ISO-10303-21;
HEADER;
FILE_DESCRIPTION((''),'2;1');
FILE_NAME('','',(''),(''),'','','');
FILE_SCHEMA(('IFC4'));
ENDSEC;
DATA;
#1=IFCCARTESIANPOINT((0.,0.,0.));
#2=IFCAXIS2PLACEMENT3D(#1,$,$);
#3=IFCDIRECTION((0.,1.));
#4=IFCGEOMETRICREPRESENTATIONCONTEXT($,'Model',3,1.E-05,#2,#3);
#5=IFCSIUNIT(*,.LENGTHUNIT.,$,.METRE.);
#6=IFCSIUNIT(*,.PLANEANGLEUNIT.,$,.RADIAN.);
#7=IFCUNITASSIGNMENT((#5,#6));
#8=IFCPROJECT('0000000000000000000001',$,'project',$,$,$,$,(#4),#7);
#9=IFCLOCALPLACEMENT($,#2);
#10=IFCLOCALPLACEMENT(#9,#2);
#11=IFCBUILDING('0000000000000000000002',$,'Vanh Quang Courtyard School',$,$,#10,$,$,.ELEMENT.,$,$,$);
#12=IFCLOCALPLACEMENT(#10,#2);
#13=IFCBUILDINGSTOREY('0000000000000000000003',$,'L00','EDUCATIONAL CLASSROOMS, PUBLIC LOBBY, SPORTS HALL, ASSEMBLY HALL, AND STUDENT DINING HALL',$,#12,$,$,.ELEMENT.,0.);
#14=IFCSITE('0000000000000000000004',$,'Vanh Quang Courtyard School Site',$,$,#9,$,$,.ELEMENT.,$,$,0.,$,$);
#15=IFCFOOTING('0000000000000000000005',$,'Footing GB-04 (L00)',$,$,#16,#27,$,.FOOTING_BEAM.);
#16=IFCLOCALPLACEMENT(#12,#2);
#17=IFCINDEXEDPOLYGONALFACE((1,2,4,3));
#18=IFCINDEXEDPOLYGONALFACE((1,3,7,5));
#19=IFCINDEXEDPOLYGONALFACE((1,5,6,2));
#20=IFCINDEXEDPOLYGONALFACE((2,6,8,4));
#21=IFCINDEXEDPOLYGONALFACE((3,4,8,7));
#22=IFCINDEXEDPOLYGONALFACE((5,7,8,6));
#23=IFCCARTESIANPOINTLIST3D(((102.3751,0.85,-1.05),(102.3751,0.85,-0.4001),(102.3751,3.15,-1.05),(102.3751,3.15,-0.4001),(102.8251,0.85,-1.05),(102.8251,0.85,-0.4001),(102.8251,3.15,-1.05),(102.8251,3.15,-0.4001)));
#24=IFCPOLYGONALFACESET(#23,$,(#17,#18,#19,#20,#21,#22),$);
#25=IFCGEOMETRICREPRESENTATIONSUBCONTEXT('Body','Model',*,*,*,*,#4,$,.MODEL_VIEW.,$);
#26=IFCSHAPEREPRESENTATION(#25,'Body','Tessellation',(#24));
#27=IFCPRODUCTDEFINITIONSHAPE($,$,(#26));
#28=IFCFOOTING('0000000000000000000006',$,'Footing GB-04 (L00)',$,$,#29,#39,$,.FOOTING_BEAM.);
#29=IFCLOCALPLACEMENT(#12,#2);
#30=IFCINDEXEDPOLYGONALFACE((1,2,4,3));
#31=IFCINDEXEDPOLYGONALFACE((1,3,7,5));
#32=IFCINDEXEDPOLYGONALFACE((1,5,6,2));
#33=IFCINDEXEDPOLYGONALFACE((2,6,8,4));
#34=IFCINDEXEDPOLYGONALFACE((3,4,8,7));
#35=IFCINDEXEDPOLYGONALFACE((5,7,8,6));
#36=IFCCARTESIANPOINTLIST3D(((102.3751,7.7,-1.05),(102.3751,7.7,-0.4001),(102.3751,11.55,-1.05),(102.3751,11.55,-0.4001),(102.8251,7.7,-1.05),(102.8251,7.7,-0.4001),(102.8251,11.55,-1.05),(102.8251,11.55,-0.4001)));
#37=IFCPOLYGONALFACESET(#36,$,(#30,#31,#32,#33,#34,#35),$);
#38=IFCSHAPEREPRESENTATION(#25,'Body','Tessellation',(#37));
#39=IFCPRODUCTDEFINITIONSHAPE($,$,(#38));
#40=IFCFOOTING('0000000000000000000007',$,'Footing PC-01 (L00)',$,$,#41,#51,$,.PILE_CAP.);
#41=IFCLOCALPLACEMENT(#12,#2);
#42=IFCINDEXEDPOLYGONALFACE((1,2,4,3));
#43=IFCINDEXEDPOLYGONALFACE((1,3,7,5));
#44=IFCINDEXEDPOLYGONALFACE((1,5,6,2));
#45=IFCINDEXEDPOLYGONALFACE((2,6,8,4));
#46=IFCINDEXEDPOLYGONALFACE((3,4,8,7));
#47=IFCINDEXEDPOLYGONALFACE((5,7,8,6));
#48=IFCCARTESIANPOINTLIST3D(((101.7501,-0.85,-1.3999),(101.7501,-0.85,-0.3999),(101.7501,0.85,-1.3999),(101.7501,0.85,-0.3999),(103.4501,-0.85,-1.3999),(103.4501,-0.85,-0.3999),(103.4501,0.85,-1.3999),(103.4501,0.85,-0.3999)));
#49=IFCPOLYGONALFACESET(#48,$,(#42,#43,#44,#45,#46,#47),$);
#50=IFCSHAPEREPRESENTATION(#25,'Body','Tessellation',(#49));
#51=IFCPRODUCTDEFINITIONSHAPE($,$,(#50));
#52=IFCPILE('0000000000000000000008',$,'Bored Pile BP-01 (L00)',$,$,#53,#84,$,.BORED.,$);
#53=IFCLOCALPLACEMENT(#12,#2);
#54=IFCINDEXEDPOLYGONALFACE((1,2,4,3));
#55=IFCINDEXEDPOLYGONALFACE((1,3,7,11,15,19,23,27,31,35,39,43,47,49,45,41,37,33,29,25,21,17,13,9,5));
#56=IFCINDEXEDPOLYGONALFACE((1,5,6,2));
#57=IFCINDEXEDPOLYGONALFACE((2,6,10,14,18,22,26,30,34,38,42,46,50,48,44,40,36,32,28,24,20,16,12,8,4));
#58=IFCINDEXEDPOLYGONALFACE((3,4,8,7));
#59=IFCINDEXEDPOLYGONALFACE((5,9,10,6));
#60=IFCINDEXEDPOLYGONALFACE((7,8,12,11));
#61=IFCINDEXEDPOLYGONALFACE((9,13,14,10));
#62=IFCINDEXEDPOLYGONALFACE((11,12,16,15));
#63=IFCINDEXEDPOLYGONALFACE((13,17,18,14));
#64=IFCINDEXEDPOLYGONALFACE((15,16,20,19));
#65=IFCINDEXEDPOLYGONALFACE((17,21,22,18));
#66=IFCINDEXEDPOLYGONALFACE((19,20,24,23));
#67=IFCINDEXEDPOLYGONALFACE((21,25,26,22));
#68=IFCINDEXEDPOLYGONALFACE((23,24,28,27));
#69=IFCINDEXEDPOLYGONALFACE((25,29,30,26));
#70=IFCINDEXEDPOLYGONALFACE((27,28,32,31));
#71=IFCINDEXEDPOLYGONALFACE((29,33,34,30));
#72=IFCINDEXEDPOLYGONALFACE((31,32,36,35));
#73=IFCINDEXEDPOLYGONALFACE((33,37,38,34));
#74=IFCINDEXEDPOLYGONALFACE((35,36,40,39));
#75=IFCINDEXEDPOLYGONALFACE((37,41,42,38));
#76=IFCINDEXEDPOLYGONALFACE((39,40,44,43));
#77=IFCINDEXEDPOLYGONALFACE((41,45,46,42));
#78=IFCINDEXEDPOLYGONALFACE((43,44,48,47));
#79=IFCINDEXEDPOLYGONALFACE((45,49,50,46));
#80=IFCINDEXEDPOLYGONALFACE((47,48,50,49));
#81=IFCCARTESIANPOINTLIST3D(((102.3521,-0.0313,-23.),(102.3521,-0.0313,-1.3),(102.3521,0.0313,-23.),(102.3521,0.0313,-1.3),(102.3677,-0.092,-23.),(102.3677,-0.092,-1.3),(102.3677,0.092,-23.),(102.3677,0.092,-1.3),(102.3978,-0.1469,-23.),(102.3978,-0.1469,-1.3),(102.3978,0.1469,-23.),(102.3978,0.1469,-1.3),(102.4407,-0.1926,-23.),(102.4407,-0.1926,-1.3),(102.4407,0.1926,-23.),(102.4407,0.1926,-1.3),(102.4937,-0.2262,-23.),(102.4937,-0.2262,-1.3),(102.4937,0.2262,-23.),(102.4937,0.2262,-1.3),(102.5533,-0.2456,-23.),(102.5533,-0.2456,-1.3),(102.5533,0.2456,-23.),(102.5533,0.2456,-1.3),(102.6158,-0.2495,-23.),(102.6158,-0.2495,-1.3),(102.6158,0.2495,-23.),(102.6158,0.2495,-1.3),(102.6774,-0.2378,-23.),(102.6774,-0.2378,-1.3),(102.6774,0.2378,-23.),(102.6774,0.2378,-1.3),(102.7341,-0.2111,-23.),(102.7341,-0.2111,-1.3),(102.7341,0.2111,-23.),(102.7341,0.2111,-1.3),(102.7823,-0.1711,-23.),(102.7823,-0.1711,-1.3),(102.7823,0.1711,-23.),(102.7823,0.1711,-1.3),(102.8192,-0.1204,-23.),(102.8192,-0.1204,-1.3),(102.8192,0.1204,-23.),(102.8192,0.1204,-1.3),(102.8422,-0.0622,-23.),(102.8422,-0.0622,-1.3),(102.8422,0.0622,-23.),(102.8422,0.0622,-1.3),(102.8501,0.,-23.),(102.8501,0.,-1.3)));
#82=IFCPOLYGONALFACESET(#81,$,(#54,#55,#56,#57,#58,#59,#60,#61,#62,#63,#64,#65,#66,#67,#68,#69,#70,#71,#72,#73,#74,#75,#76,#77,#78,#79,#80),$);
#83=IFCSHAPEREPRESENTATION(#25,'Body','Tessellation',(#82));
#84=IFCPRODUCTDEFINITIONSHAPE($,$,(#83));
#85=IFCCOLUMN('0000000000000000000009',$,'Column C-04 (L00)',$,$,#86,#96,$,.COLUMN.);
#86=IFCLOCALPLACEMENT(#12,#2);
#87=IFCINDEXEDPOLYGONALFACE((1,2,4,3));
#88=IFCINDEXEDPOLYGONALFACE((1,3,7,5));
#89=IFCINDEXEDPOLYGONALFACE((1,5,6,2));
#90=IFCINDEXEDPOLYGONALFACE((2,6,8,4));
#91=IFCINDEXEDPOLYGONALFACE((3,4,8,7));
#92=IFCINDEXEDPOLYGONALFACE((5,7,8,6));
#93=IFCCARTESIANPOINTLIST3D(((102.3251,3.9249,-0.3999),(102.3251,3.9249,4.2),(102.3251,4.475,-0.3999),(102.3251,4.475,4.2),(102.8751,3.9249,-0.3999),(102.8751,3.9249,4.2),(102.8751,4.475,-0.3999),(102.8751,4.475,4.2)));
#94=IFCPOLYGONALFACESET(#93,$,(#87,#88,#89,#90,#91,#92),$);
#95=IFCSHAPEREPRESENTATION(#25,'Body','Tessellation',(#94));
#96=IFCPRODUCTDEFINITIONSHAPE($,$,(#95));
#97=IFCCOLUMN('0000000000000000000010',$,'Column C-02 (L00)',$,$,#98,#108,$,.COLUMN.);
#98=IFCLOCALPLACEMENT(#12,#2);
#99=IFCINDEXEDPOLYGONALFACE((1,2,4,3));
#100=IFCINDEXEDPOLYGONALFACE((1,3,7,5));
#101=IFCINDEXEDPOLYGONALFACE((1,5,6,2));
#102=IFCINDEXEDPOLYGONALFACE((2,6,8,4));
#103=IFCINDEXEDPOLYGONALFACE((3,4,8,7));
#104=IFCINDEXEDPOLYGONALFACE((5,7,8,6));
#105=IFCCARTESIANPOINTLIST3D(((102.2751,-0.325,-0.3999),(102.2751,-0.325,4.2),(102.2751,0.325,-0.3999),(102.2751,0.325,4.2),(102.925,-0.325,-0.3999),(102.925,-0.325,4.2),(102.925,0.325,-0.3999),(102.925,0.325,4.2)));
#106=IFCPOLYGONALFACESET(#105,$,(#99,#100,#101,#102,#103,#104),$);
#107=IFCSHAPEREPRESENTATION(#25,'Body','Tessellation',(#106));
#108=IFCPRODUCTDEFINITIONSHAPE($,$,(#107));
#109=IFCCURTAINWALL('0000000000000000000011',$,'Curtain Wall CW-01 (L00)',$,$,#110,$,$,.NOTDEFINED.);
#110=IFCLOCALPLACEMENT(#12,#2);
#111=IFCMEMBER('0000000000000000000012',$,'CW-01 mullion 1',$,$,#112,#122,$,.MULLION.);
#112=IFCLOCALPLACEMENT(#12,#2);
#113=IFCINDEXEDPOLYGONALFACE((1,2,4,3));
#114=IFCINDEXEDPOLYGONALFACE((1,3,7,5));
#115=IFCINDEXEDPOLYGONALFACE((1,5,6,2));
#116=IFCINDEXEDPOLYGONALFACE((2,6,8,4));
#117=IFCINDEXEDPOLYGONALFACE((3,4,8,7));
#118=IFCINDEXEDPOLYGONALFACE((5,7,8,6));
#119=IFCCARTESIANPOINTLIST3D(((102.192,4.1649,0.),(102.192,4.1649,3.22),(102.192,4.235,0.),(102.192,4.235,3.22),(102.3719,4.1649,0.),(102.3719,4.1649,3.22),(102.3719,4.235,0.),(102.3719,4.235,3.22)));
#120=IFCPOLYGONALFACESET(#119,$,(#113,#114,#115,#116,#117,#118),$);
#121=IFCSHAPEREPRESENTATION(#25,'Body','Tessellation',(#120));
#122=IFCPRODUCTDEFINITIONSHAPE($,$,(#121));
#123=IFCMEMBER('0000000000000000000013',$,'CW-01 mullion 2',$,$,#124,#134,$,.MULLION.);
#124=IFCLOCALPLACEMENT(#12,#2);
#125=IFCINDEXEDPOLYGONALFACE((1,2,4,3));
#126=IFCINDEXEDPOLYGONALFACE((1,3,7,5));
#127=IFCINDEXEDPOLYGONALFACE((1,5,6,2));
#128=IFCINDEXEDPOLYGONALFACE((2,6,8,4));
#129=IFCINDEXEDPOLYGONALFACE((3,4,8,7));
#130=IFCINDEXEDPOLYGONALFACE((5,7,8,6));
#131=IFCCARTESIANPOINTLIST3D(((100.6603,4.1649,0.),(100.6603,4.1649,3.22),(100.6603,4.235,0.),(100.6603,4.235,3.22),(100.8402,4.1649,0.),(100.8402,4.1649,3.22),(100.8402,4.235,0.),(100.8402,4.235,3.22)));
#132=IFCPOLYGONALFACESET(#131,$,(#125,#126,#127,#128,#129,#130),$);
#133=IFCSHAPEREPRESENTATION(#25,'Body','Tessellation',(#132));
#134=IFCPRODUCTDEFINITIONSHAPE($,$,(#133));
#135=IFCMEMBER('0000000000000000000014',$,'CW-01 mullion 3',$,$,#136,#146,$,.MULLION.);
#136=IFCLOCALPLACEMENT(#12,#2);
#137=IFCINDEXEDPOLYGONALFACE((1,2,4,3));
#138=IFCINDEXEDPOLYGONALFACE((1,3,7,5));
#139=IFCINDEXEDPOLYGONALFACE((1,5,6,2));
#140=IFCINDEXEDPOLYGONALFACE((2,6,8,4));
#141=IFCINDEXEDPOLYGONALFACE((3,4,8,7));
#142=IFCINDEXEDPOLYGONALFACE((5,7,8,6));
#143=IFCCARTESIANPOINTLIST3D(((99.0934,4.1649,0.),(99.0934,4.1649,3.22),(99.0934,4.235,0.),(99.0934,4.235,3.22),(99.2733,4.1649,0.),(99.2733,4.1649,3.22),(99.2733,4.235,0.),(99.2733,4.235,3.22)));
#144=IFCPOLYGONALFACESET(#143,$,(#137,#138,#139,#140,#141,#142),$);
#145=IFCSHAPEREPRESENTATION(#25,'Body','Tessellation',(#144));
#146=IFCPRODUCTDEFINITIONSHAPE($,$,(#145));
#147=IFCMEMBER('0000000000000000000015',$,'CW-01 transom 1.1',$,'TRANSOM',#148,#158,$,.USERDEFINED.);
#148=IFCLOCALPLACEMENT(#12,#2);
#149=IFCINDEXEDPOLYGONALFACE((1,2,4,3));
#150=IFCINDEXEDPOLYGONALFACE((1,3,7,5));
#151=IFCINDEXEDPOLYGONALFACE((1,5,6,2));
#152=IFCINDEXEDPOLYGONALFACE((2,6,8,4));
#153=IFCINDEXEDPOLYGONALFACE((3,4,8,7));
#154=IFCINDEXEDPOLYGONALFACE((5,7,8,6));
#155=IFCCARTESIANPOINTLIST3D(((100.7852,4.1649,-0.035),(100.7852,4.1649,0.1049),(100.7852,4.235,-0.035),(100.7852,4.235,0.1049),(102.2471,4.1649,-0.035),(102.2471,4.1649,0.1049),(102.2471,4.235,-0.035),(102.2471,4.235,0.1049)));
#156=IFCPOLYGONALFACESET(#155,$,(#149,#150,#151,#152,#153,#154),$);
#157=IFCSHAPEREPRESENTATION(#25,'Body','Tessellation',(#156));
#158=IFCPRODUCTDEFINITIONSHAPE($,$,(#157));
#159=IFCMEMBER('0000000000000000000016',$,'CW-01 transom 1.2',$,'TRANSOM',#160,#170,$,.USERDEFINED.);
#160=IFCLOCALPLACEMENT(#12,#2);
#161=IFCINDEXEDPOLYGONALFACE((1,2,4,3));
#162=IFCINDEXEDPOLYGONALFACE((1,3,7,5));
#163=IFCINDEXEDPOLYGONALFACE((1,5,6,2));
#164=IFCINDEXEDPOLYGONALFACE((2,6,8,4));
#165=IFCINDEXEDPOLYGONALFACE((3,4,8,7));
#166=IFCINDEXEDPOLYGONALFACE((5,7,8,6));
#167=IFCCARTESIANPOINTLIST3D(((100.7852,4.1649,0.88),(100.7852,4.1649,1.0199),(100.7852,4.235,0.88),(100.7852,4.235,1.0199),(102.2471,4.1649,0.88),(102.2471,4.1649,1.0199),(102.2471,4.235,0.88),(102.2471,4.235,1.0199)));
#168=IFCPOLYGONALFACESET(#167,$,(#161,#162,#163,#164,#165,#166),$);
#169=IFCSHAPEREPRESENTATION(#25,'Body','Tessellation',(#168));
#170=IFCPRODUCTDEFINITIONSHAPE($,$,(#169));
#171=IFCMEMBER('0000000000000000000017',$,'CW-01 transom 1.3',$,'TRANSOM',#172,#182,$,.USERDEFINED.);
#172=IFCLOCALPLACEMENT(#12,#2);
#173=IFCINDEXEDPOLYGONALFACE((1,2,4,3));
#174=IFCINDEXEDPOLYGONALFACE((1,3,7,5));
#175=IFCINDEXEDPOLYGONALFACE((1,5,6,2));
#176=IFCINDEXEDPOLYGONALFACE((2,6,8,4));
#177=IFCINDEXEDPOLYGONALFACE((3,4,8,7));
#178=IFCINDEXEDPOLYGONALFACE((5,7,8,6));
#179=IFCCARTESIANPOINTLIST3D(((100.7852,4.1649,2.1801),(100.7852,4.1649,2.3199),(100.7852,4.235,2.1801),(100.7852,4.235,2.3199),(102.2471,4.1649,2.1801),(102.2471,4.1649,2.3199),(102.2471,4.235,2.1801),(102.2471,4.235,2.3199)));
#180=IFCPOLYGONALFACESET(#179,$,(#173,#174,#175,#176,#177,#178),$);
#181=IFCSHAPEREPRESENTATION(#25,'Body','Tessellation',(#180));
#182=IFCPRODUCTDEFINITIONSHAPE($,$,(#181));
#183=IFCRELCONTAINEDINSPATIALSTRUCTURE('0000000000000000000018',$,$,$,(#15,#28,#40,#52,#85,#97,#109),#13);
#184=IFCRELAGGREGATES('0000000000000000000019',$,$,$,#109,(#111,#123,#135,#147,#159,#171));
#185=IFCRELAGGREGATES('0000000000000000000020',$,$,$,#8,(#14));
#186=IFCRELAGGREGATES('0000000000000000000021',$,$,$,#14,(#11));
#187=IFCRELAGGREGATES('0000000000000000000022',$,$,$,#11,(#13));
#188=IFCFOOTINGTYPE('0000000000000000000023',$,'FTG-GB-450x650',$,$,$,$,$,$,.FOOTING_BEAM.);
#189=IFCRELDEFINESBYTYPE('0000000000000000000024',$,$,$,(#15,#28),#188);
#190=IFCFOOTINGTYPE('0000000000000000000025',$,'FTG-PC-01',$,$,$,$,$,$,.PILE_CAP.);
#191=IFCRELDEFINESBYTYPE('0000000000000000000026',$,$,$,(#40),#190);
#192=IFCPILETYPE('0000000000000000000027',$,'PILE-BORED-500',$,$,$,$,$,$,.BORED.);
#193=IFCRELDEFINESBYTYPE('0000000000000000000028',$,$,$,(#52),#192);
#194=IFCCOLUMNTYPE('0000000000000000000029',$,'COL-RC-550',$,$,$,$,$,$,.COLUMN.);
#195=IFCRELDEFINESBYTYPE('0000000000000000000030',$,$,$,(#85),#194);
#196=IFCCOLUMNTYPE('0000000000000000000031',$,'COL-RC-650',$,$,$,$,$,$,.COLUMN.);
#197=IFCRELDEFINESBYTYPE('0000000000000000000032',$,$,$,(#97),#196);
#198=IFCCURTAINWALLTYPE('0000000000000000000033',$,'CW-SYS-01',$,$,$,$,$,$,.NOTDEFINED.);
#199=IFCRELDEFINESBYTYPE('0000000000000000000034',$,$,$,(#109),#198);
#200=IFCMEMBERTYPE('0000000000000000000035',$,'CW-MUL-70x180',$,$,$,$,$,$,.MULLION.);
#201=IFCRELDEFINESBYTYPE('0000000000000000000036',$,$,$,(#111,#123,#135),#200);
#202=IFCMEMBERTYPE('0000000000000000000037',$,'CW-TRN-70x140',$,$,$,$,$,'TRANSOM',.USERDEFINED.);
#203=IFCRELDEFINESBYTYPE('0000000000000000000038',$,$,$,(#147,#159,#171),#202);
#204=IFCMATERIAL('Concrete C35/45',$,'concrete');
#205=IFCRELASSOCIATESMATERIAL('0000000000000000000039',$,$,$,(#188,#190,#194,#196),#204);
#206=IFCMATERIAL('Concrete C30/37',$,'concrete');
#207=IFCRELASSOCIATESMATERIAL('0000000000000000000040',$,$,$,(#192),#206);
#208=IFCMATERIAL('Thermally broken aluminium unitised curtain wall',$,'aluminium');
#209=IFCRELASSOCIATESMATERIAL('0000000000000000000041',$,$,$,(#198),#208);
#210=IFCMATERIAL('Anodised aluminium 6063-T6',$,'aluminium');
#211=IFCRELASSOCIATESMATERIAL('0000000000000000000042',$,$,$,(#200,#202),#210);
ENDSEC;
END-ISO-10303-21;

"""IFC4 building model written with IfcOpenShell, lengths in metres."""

from ifc_helpers import new_model, si_unit, direction, frame, origin, origin_2d, place, context, subcontext, project, spatial, rectangle, circle, extrude, material, material_profile, profile_set, type_object, element, aggregate, save


model = new_model("IFC4")

# Units and contexts
model_context = context("Model", 3, precision=1e-05, world=origin(), true_north=direction((0.0, 1.0)))
body_context = subcontext(model_context, "Body", "Model", "MODEL_VIEW")
ifc_project = project(units=[si_unit("LENGTHUNIT", "METRE"), si_unit("PLANEANGLEUNIT", "RADIAN")], contexts=[model_context])

# Site, building, storey
site_placement = place(None, origin())
site = spatial("IfcSite", under=ifc_project, at=site_placement, Name="Vanh Quang Courtyard School Site", CompositionType="ELEMENT", RefElevation=0.0)
building_placement = place(site_placement, origin())
building = spatial("IfcBuilding", under=site, at=building_placement, Name="Vanh Quang Courtyard School", CompositionType="ELEMENT")
storey_placement = place(building_placement, origin())
storey = spatial("IfcBuildingStorey", under=building, at=storey_placement, Name="L00", Description="EDUCATIONAL CLASSROOMS, PUBLIC LOBBY, SPORTS HALL, ASSEMBLY HALL, AND STUDENT DINING HALL", CompositionType="ELEMENT", Elevation=0.0)

# Footings
ifc_material_1 = material(Name="Concrete C35/45", Category="concrete")
footing_type_1 = type_object("IfcFootingType", Name="FTG-GB-450x650", PredefinedType="FOOTING_BEAM", material=ifc_material_1)
footing_1_placement = place(storey_placement, frame((102.6001, 2.0, -1.05), z_axis=(0.0, 0.0, 1.0), x_axis=(0.0, 1.0, 0.0)))
element("IfcFooting", 1, at=footing_1_placement, inside=storey, type_object=footing_type_1, Name="Footing GB-04 (L00)", PredefinedType="FOOTING_BEAM", context=body_context, shape_type="SweptSolid", body=[
    extrude(rectangle(XDim=2.3, YDim=0.45, at=origin_2d()), origin(), (0.0, 0.0, 1.0), 0.6499),
])
footing_2_placement = place(storey_placement, frame((102.6001, 9.625, -1.05), z_axis=(0.0, 0.0, 1.0), x_axis=(0.0, 1.0, 0.0)))
element("IfcFooting", 2, at=footing_2_placement, inside=storey, type_object=footing_type_1, Name="Footing GB-04 (L00)", PredefinedType="FOOTING_BEAM", context=body_context, shape_type="SweptSolid", body=[
    extrude(rectangle(XDim=3.8501, YDim=0.45, at=origin_2d()), origin(), (0.0, 0.0, 1.0), 0.6499),
])
footing_type_2 = type_object("IfcFootingType", Name="FTG-PC-01", PredefinedType="PILE_CAP", material=ifc_material_1)
footing_3_placement = place(storey_placement, frame((102.6001, 0.0, -1.3999), z_axis=(0.0, 0.0, 1.0), x_axis=(1.0, 0.0, 0.0)))
element("IfcFooting", 3, at=footing_3_placement, inside=storey, type_object=footing_type_2, Name="Footing PC-01 (L00)", PredefinedType="PILE_CAP", context=body_context, shape_type="SweptSolid", body=[
    extrude(rectangle(XDim=1.7, YDim=1.7, at=origin_2d()), origin(), (0.0, 0.0, 1.0), 1.0),
])

# Pile
ifc_material_2 = material(Name="Concrete C30/37", Category="concrete")
ifc_material_profile_1 = material_profile(ifc_material_2, circle(Radius=0.25, at=origin_2d()), Name="PILE D500")
ifc_profile_set_1 = profile_set([ifc_material_profile_1], Name="Concrete C30/37")
pile_type = type_object("IfcPileType", Name="PILE-BORED-500", PredefinedType="BORED", material=ifc_profile_set_1)
pile_placement = place(storey_placement, frame((102.6001, 0.0, -1.3), z_axis=(0.0, 0.0, -1.0), x_axis=(1.0, 0.0, 0.0)))
element("IfcPile", 4, at=pile_placement, inside=storey, type_object=pile_type, Name="Bored Pile BP-01 (L00)", PredefinedType="BORED", context=body_context, shape_type="SweptSolid", body=[
    extrude(circle(Radius=0.25, at=origin_2d()), origin(), (0.0, 0.0, 1.0), 21.7),
])

# Columns
ifc_material_profile_2 = material_profile(ifc_material_1, rectangle(XDim=0.55, YDim=0.55, at=origin_2d()), Name="RC-COL 550x550")
ifc_profile_set_2 = profile_set([ifc_material_profile_2], Name="Concrete C35/45")
column_type_1 = type_object("IfcColumnType", Name="COL-RC-550", PredefinedType="COLUMN", material=ifc_profile_set_2)
column_1_placement = place(storey_placement, frame((102.6001, 4.2, -0.3999), z_axis=(0.0, 0.0, 1.0), x_axis=(1.0, 0.0, 0.0)))
element("IfcColumn", 5, at=column_1_placement, inside=storey, type_object=column_type_1, Name="Column C-04 (L00)", PredefinedType="COLUMN", context=body_context, shape_type="SweptSolid", body=[
    extrude(rectangle(XDim=0.55, YDim=0.55, at=origin_2d()), origin(), (0.0, 0.0, 1.0), 4.5999),
])
ifc_material_profile_3 = material_profile(ifc_material_1, rectangle(XDim=0.6499, YDim=0.6499, at=origin_2d()), Name="RC-COL 650x650")
ifc_profile_set_3 = profile_set([ifc_material_profile_3], Name="Concrete C35/45")
column_type_2 = type_object("IfcColumnType", Name="COL-RC-650", PredefinedType="COLUMN", material=ifc_profile_set_3)
column_2_placement = place(storey_placement, frame((102.6001, 0.0, -0.3999), z_axis=(0.0, 0.0, 1.0), x_axis=(1.0, 0.0, 0.0)))
element("IfcColumn", 6, at=column_2_placement, inside=storey, type_object=column_type_2, Name="Column C-02 (L00)", PredefinedType="COLUMN", context=body_context, shape_type="SweptSolid", body=[
    extrude(rectangle(XDim=0.6499, YDim=0.6499, at=origin_2d()), origin(), (0.0, 0.0, 1.0), 4.5999),
])

# Curtain wall, members
ifc_material_3 = material(Name="Thermally broken aluminium unitised curtain wall", Category="aluminium")
curtain_wall_type = type_object("IfcCurtainWallType", Name="CW-SYS-01", PredefinedType="NOTDEFINED", material=ifc_material_3)
curtain_wall_placement = place(storey_placement, origin())
curtain_wall = element("IfcCurtainWall", 7, at=curtain_wall_placement, inside=storey, type_object=curtain_wall_type, Name="Curtain Wall CW-01 (L00)", PredefinedType="NOTDEFINED")
ifc_material_4 = material(Name="Anodised aluminium 6063-T6", Category="aluminium")
ifc_material_profile_4 = material_profile(ifc_material_4, rectangle(XDim=0.0701, YDim=0.1799, at=origin_2d()), Name="ALU-MUL 70x180")
ifc_profile_set_4 = profile_set([ifc_material_profile_4], Name="Anodised aluminium 6063-T6")
member_type_1 = type_object("IfcMemberType", Name="CW-MUL-70x180", PredefinedType="MULLION", material=ifc_profile_set_4)
member_1_placement = place(storey_placement, frame((102.282, 4.2, 0.0), z_axis=(0.0, 0.0, 1.0), x_axis=(0.0, -1.0, 0.0)))
member_1 = element("IfcMember", 8, at=member_1_placement, type_object=member_type_1, Name="CW-01 mullion 1", PredefinedType="MULLION", context=body_context, shape_type="SweptSolid", body=[
    extrude(rectangle(XDim=0.0701, YDim=0.1799, at=origin_2d()), origin(), (0.0, 0.0, 1.0), 3.22),
])
member_2_placement = place(storey_placement, frame((100.7502, 4.2, 0.0), z_axis=(0.0, 0.0, 1.0), x_axis=(0.0, -1.0, 0.0)))
member_2 = element("IfcMember", 9, at=member_2_placement, type_object=member_type_1, Name="CW-01 mullion 2", PredefinedType="MULLION", context=body_context, shape_type="SweptSolid", body=[
    extrude(rectangle(XDim=0.0701, YDim=0.1799, at=origin_2d()), origin(), (0.0, 0.0, 1.0), 3.22),
])
member_3_placement = place(storey_placement, frame((99.1833, 4.2, 0.0), z_axis=(0.0, 0.0, 1.0), x_axis=(0.0, -1.0, 0.0)))
member_3 = element("IfcMember", 10, at=member_3_placement, type_object=member_type_1, Name="CW-01 mullion 3", PredefinedType="MULLION", context=body_context, shape_type="SweptSolid", body=[
    extrude(rectangle(XDim=0.0701, YDim=0.1799, at=origin_2d()), origin(), (0.0, 0.0, 1.0), 3.22),
])
ifc_material_profile_5 = material_profile(ifc_material_4, rectangle(XDim=0.0701, YDim=0.1399, at=origin_2d()), Name="ALU-TRN 70x140")
ifc_profile_set_5 = profile_set([ifc_material_profile_5], Name="Anodised aluminium 6063-T6")
member_type_2 = type_object("IfcMemberType", Name="CW-TRN-70x140", ElementType="TRANSOM", PredefinedType="USERDEFINED", material=ifc_profile_set_5)
member_4_placement = place(storey_placement, frame((102.2471, 4.2, 0.0349), z_axis=(-1.0, 0.0, 0.0), x_axis=(0.0, -1.0, 0.0)))
member_4 = element("IfcMember", 11, at=member_4_placement, type_object=member_type_2, Name="CW-01 transom 1.1", ObjectType="TRANSOM", PredefinedType="USERDEFINED", context=body_context, shape_type="SweptSolid", body=[
    extrude(rectangle(XDim=0.0701, YDim=0.1399, at=origin_2d()), origin(), (0.0, 0.0, 1.0), 1.4619),
])
member_5_placement = place(storey_placement, frame((102.2471, 4.2, 0.95), z_axis=(-1.0, 0.0, 0.0), x_axis=(0.0, -1.0, 0.0)))
member_5 = element("IfcMember", 12, at=member_5_placement, type_object=member_type_2, Name="CW-01 transom 1.2", ObjectType="TRANSOM", PredefinedType="USERDEFINED", context=body_context, shape_type="SweptSolid", body=[
    extrude(rectangle(XDim=0.0701, YDim=0.1399, at=origin_2d()), origin(), (0.0, 0.0, 1.0), 1.4619),
])
member_6_placement = place(storey_placement, frame((102.2471, 4.2, 2.25), z_axis=(-1.0, 0.0, 0.0), x_axis=(0.0, -1.0, 0.0)))
member_6 = element("IfcMember", 13, at=member_6_placement, type_object=member_type_2, Name="CW-01 transom 1.3", ObjectType="TRANSOM", PredefinedType="USERDEFINED", context=body_context, shape_type="SweptSolid", body=[
    extrude(rectangle(XDim=0.0701, YDim=0.1399, at=origin_2d()), origin(), (0.0, 0.0, 1.0), 1.4619),
])
aggregate(curtain_wall, [member_1, member_2, member_3, member_4, member_5, member_6])

save(model, "model.ifc")
